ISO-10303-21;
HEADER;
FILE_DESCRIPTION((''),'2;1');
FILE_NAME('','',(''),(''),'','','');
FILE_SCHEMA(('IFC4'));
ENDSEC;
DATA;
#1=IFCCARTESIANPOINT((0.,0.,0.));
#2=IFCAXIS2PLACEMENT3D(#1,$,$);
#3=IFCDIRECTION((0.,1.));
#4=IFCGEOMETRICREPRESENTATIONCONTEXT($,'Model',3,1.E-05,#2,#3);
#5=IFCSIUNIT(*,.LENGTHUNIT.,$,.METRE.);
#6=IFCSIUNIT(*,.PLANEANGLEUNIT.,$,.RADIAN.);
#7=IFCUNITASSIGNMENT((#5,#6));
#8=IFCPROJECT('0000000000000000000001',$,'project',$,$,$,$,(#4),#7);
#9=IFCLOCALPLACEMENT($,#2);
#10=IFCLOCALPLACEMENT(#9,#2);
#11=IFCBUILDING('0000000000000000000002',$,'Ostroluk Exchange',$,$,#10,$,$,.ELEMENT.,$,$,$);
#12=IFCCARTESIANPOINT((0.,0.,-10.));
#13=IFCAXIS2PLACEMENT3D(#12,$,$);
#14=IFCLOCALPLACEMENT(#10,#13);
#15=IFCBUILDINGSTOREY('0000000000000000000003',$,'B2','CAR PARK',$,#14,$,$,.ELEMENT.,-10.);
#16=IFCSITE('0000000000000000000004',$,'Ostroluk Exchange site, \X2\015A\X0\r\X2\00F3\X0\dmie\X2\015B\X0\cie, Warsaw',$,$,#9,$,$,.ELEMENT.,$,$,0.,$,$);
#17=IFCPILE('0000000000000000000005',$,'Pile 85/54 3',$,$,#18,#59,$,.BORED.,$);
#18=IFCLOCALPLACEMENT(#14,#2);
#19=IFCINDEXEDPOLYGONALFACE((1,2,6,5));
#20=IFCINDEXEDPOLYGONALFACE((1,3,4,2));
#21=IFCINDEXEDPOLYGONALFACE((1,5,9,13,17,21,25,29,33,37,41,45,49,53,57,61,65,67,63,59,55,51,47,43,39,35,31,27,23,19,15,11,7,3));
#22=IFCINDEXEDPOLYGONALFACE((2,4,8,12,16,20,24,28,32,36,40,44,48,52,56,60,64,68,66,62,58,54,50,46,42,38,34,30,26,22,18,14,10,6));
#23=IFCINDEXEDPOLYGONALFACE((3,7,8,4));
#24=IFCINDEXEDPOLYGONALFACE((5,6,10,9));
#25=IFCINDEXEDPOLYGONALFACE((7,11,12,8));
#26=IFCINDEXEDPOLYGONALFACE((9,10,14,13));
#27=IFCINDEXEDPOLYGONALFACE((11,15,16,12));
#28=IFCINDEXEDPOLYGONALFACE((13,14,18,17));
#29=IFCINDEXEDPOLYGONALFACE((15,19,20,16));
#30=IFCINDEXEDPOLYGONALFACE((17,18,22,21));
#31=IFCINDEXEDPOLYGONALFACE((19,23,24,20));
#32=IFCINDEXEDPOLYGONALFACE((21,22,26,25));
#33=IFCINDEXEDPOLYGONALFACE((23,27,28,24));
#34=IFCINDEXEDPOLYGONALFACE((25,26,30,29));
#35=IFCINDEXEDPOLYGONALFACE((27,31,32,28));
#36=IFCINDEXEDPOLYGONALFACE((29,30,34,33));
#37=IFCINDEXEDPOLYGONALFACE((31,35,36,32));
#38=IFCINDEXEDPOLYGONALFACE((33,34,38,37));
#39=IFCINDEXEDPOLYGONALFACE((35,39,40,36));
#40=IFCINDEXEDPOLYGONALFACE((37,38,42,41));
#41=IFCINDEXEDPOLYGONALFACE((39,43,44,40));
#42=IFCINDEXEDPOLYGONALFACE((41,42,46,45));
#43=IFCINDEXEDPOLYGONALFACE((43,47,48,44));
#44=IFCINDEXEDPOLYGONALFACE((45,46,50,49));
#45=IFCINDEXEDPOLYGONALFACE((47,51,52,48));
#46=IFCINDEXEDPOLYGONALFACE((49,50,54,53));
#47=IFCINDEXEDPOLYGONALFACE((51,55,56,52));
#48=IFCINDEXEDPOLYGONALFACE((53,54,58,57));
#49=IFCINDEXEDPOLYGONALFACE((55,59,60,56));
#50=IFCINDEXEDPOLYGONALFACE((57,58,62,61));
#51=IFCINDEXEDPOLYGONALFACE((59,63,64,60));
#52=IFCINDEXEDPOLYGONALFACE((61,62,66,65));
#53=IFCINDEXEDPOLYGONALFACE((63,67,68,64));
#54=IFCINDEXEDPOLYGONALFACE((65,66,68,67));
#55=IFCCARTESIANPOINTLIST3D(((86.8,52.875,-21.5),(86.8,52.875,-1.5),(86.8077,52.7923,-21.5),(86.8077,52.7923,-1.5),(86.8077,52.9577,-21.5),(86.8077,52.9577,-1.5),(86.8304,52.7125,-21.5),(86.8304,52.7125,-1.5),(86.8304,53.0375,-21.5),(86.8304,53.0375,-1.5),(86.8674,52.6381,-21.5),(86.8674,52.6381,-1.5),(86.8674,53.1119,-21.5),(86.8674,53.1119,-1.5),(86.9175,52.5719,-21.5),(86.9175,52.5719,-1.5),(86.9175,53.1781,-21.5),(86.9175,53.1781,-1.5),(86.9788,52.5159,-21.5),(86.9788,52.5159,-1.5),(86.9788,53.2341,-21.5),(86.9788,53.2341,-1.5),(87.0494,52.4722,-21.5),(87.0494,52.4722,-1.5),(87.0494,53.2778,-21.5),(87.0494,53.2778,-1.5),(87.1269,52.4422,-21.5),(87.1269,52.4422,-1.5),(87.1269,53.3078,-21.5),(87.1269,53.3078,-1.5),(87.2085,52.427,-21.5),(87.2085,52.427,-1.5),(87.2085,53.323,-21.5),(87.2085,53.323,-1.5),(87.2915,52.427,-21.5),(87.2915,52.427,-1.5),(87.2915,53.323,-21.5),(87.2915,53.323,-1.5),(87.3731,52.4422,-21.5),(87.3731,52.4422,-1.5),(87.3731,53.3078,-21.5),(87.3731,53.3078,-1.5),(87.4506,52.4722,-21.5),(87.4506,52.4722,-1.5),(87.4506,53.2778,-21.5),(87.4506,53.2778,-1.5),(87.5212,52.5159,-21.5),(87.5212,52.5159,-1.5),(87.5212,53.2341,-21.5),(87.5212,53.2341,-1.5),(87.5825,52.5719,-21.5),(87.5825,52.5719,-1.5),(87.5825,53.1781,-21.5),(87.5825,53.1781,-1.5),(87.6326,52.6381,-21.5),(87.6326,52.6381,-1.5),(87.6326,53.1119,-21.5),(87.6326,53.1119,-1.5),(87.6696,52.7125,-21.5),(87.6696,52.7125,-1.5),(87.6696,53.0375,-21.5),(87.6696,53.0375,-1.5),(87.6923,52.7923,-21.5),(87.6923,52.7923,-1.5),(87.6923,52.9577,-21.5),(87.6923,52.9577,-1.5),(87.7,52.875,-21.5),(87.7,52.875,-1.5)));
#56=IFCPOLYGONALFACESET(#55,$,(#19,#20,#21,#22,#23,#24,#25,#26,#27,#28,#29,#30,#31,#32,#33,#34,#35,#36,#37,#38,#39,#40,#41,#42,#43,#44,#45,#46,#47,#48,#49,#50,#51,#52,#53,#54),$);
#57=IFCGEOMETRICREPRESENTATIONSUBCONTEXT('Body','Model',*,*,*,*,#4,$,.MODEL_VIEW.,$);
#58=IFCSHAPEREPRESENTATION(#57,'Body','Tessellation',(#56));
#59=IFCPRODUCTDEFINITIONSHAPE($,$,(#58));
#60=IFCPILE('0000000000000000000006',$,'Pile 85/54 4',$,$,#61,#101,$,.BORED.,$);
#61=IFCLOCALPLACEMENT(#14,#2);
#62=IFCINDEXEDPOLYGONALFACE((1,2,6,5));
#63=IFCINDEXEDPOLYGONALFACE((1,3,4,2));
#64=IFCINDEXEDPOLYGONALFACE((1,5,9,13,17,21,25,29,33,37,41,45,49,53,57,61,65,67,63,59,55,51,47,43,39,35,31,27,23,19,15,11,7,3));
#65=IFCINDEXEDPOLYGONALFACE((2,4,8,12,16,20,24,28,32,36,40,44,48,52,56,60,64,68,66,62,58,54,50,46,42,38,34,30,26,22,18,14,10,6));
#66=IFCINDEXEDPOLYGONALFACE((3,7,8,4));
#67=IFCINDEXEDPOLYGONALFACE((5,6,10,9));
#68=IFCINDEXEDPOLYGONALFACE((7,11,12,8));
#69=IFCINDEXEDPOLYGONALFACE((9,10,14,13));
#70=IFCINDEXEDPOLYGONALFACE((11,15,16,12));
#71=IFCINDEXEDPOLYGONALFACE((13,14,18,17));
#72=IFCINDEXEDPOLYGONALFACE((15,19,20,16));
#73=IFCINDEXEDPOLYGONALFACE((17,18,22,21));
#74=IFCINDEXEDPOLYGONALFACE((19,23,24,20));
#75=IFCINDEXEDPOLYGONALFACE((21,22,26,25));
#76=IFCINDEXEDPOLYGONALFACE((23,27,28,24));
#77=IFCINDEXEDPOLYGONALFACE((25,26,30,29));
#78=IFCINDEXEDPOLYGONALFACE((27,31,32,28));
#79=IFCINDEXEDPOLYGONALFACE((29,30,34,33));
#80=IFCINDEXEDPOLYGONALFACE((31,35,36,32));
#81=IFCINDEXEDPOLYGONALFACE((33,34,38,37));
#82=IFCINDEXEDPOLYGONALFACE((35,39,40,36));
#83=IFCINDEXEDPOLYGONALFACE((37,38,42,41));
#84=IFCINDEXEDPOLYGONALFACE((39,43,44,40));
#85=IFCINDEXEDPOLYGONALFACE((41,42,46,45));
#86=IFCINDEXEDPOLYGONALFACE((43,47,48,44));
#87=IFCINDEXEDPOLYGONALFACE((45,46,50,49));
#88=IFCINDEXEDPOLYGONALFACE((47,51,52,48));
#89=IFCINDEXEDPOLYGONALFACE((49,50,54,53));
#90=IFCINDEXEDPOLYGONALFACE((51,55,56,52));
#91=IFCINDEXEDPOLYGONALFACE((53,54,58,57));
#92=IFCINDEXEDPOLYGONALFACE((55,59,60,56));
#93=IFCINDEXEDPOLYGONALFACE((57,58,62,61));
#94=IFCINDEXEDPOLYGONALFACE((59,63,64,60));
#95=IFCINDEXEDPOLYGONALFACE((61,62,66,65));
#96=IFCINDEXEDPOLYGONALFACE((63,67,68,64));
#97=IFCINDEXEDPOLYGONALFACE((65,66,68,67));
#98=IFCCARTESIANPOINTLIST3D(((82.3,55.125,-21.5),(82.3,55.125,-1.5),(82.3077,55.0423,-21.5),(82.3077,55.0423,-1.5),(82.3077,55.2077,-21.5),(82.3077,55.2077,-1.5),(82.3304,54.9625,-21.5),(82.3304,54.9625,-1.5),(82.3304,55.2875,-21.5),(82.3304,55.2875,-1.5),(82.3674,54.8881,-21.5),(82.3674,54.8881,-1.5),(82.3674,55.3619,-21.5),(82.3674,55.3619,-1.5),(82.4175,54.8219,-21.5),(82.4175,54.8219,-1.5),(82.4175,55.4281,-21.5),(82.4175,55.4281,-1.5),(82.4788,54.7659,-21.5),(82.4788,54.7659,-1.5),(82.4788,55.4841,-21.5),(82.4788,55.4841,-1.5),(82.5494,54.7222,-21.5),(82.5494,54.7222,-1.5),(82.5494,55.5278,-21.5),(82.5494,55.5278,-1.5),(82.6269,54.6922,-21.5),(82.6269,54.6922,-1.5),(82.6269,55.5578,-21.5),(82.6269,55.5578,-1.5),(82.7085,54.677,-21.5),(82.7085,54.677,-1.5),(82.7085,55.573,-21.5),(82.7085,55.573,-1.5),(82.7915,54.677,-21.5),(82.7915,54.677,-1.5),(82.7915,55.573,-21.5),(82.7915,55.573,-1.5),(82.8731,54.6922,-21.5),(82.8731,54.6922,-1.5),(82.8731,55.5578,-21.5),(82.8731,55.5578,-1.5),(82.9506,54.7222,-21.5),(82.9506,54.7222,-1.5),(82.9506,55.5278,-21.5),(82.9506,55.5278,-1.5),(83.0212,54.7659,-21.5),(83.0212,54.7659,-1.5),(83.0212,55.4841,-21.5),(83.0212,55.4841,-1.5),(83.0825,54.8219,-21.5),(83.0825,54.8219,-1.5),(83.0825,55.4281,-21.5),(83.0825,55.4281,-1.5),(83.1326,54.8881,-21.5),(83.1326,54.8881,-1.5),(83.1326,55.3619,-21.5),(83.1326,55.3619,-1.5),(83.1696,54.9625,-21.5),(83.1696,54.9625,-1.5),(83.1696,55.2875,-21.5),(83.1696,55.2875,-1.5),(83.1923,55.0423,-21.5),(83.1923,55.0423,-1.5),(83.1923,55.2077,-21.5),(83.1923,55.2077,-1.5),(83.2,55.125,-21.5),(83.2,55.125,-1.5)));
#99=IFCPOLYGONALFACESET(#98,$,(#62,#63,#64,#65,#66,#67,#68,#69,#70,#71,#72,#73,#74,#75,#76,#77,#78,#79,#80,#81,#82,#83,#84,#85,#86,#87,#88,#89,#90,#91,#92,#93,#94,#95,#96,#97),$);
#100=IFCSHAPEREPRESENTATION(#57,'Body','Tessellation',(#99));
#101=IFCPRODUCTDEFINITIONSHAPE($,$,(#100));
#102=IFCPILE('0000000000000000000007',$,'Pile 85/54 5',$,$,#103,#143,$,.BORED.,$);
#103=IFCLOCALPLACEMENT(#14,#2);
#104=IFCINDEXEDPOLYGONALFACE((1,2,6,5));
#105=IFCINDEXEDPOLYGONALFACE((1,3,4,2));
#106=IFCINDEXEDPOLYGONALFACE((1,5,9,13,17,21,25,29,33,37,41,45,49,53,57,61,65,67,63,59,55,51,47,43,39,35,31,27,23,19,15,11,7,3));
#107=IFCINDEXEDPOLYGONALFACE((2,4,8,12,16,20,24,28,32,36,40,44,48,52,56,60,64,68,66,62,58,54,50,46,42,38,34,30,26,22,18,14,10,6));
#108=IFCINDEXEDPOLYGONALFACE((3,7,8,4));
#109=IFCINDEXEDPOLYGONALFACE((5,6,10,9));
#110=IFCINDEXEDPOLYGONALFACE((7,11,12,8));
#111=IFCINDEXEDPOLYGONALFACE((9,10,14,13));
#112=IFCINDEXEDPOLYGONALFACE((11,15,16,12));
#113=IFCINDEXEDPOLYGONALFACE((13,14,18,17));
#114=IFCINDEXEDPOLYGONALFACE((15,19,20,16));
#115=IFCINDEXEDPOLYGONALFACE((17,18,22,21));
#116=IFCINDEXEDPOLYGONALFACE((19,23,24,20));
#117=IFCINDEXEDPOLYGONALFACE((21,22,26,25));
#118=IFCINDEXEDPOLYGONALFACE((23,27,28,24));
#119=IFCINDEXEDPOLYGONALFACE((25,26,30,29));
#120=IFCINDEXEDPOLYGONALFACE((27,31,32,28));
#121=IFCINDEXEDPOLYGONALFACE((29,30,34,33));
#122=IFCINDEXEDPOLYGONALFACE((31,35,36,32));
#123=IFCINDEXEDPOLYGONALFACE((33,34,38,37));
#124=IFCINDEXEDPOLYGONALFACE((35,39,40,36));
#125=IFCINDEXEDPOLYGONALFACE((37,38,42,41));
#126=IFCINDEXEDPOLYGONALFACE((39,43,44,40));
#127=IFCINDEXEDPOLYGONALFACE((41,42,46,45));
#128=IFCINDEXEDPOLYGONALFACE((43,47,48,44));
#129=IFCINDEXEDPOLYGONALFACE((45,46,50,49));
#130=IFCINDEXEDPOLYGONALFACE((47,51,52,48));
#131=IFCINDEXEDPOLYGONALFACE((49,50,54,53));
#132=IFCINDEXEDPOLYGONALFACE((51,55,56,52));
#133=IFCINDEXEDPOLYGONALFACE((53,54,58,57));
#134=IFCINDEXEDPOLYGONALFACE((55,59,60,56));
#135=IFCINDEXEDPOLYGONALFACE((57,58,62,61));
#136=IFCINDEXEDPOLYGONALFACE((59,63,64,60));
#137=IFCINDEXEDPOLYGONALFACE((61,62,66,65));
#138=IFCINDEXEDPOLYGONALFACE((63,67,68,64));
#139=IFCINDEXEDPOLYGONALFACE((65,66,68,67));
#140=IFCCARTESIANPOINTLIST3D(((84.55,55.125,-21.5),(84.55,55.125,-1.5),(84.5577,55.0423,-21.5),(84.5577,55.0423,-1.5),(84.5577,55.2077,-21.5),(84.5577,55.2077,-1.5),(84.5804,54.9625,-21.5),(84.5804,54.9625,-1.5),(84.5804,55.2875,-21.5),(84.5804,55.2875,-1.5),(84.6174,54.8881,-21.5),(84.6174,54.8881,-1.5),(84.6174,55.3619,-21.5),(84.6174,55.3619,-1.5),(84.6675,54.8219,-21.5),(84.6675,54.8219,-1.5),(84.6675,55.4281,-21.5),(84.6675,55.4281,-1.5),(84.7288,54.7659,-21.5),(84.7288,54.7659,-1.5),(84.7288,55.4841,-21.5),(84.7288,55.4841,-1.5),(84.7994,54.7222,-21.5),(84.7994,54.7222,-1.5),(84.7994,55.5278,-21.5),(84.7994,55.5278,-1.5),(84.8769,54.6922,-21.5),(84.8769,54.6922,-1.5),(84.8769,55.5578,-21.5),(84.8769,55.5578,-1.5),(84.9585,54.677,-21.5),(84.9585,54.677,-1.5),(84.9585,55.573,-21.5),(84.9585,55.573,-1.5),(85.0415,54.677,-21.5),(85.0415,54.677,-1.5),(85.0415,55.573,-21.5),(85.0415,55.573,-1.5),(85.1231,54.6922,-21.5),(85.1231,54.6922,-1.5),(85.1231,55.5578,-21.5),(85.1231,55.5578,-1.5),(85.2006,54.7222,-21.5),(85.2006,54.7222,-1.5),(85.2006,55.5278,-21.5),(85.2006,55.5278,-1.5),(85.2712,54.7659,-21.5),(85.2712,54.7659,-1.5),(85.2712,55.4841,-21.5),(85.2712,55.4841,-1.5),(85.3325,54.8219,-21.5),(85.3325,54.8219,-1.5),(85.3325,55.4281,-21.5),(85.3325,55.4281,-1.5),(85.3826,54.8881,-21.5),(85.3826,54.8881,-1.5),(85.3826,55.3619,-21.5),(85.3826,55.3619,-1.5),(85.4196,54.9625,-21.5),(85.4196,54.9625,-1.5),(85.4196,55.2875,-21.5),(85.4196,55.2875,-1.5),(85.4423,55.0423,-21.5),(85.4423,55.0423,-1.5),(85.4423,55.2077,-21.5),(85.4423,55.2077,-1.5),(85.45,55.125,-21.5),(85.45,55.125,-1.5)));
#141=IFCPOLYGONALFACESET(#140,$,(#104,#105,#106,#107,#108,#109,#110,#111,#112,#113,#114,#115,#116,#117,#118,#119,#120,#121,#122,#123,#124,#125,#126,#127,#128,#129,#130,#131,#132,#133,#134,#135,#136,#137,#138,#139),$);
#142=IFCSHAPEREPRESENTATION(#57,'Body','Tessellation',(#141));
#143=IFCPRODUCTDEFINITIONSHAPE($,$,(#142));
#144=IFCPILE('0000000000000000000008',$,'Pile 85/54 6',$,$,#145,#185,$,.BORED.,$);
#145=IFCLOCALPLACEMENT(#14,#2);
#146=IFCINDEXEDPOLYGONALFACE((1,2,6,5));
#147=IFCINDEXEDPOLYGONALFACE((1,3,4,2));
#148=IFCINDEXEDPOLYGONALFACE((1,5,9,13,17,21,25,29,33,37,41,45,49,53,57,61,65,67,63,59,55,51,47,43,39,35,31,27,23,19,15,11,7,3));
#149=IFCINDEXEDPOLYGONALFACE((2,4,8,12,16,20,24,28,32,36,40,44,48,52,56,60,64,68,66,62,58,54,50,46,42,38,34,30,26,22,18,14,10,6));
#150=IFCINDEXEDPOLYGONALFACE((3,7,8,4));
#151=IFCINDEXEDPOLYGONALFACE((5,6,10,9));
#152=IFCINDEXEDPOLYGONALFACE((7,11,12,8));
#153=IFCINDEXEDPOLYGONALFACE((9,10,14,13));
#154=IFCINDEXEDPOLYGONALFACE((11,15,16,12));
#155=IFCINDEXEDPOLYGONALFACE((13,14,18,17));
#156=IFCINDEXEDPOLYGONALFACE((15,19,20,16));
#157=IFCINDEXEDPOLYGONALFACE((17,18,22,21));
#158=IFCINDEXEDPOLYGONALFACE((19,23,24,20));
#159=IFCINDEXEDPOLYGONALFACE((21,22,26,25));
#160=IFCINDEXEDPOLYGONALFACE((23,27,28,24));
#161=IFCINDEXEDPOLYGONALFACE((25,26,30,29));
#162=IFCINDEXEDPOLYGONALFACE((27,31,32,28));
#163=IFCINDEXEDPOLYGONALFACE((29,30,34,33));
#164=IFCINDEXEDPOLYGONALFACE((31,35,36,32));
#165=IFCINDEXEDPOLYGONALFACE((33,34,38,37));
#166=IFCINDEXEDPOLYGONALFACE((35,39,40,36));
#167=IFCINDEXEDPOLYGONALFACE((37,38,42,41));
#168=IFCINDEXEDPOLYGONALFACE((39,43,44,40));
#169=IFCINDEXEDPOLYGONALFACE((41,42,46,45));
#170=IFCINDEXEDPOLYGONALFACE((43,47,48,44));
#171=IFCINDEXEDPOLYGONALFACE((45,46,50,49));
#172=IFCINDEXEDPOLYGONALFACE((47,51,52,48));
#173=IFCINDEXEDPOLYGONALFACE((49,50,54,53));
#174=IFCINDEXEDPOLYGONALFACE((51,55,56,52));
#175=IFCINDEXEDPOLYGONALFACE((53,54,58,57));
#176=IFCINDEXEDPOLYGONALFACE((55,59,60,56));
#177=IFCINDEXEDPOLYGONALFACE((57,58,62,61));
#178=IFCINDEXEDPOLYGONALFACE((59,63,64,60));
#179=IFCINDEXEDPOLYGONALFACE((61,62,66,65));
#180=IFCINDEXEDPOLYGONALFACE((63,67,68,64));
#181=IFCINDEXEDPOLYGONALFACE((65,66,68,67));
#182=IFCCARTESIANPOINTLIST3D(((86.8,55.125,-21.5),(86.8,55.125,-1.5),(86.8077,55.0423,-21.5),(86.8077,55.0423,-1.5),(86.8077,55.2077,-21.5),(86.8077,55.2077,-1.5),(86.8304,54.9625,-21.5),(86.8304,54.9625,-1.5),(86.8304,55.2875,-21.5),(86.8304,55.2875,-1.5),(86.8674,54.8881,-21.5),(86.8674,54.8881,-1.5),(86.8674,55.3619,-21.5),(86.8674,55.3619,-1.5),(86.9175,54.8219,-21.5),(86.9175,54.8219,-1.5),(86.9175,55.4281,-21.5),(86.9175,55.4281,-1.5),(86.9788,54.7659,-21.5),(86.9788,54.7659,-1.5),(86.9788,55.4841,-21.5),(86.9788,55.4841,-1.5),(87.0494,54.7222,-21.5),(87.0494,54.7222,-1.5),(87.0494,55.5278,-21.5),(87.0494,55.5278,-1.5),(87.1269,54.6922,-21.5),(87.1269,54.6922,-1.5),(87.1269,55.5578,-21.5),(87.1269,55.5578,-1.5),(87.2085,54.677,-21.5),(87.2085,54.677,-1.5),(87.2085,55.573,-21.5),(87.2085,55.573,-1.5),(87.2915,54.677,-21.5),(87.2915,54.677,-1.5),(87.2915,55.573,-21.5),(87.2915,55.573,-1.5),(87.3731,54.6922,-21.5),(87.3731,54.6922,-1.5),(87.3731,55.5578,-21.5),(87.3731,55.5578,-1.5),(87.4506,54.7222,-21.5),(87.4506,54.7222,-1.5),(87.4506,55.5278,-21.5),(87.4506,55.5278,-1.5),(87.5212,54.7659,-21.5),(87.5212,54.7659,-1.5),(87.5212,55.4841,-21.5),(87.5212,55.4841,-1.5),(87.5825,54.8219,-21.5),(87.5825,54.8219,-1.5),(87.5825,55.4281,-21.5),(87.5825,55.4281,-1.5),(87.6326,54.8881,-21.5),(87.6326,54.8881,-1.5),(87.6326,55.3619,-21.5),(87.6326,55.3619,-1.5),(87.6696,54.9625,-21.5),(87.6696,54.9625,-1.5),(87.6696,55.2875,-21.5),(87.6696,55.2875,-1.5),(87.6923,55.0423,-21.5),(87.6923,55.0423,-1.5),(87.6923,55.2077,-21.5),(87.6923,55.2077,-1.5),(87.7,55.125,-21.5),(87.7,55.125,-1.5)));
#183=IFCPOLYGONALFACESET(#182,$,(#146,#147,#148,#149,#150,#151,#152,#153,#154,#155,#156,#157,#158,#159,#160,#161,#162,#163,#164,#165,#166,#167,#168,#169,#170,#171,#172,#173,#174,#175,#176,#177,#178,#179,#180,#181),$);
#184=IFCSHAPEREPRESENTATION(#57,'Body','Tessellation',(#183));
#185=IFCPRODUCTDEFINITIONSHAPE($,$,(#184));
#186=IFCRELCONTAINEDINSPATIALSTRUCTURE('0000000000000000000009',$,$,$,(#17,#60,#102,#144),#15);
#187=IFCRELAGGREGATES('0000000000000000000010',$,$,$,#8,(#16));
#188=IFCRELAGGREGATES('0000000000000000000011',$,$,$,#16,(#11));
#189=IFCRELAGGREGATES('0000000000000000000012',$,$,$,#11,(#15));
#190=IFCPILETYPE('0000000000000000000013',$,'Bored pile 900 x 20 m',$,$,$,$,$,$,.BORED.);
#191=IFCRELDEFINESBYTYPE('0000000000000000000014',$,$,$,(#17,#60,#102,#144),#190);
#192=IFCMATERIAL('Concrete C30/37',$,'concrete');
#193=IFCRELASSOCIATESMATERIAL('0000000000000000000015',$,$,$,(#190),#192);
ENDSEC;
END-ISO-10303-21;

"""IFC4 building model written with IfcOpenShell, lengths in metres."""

from ifc_helpers import new_model, si_unit, direction, frame, origin, origin_2d, place, context, subcontext, project, spatial, circle, extrude, material, type_object, element, save


model = new_model("IFC4")

# Units and contexts
model_context = context("Model", 3, precision=1e-05, world=origin(), true_north=direction((0.0, 1.0)))
body_context = subcontext(model_context, "Body", "Model", "MODEL_VIEW")
ifc_project = project(units=[si_unit("LENGTHUNIT", "METRE"), si_unit("PLANEANGLEUNIT", "RADIAN")], contexts=[model_context])

# Site, building, storey
site_placement = place(None, origin())
site = spatial("IfcSite", under=ifc_project, at=site_placement, Name="Ostroluk Exchange site, Śródmieście, Warsaw", CompositionType="ELEMENT", RefElevation=0.0)
building_placement = place(site_placement, origin())
building = spatial("IfcBuilding", under=site, at=building_placement, Name="Ostroluk Exchange", CompositionType="ELEMENT")
storey_placement = place(building_placement, frame((0.0, 0.0, -10.0)))
storey = spatial("IfcBuildingStorey", under=building, at=storey_placement, Name="B2", Description="CAR PARK", CompositionType="ELEMENT", Elevation=-10.0)

# Piles
ifc_material_1 = material(Name="Concrete C30/37", Category="concrete")
pile_type = type_object("IfcPileType", Name="Bored pile 900 x 20 m", PredefinedType="BORED", material=ifc_material_1)
for number, where, z_axis, x_axis, name in (
    (1, (87.25, 52.875, -1.5), (0.0, 0.0, -1.0), (1.0, 0.0, 0.0), "Pile 85/54 3"),
    (2, (82.75, 55.125, -1.5), (0.0, 0.0, -1.0), (1.0, 0.0, 0.0), "Pile 85/54 4"),
    (3, (85.0, 55.125, -1.5), (0.0, 0.0, -1.0), (1.0, 0.0, 0.0), "Pile 85/54 5"),
    (4, (87.25, 55.125, -1.5), (0.0, 0.0, -1.0), (1.0, 0.0, 0.0), "Pile 85/54 6"),
):
    element("IfcPile", number, at=place(storey_placement, frame(where, z_axis=z_axis, x_axis=x_axis)), inside=storey, type_object=pile_type, Name=name, PredefinedType="BORED", context=body_context, shape_type="SweptSolid", body=[
        extrude(circle(Radius=0.45, at=origin_2d()), origin(), (0.0, 0.0, 1.0), 20.0),
    ])

save(model, "model.ifc")
